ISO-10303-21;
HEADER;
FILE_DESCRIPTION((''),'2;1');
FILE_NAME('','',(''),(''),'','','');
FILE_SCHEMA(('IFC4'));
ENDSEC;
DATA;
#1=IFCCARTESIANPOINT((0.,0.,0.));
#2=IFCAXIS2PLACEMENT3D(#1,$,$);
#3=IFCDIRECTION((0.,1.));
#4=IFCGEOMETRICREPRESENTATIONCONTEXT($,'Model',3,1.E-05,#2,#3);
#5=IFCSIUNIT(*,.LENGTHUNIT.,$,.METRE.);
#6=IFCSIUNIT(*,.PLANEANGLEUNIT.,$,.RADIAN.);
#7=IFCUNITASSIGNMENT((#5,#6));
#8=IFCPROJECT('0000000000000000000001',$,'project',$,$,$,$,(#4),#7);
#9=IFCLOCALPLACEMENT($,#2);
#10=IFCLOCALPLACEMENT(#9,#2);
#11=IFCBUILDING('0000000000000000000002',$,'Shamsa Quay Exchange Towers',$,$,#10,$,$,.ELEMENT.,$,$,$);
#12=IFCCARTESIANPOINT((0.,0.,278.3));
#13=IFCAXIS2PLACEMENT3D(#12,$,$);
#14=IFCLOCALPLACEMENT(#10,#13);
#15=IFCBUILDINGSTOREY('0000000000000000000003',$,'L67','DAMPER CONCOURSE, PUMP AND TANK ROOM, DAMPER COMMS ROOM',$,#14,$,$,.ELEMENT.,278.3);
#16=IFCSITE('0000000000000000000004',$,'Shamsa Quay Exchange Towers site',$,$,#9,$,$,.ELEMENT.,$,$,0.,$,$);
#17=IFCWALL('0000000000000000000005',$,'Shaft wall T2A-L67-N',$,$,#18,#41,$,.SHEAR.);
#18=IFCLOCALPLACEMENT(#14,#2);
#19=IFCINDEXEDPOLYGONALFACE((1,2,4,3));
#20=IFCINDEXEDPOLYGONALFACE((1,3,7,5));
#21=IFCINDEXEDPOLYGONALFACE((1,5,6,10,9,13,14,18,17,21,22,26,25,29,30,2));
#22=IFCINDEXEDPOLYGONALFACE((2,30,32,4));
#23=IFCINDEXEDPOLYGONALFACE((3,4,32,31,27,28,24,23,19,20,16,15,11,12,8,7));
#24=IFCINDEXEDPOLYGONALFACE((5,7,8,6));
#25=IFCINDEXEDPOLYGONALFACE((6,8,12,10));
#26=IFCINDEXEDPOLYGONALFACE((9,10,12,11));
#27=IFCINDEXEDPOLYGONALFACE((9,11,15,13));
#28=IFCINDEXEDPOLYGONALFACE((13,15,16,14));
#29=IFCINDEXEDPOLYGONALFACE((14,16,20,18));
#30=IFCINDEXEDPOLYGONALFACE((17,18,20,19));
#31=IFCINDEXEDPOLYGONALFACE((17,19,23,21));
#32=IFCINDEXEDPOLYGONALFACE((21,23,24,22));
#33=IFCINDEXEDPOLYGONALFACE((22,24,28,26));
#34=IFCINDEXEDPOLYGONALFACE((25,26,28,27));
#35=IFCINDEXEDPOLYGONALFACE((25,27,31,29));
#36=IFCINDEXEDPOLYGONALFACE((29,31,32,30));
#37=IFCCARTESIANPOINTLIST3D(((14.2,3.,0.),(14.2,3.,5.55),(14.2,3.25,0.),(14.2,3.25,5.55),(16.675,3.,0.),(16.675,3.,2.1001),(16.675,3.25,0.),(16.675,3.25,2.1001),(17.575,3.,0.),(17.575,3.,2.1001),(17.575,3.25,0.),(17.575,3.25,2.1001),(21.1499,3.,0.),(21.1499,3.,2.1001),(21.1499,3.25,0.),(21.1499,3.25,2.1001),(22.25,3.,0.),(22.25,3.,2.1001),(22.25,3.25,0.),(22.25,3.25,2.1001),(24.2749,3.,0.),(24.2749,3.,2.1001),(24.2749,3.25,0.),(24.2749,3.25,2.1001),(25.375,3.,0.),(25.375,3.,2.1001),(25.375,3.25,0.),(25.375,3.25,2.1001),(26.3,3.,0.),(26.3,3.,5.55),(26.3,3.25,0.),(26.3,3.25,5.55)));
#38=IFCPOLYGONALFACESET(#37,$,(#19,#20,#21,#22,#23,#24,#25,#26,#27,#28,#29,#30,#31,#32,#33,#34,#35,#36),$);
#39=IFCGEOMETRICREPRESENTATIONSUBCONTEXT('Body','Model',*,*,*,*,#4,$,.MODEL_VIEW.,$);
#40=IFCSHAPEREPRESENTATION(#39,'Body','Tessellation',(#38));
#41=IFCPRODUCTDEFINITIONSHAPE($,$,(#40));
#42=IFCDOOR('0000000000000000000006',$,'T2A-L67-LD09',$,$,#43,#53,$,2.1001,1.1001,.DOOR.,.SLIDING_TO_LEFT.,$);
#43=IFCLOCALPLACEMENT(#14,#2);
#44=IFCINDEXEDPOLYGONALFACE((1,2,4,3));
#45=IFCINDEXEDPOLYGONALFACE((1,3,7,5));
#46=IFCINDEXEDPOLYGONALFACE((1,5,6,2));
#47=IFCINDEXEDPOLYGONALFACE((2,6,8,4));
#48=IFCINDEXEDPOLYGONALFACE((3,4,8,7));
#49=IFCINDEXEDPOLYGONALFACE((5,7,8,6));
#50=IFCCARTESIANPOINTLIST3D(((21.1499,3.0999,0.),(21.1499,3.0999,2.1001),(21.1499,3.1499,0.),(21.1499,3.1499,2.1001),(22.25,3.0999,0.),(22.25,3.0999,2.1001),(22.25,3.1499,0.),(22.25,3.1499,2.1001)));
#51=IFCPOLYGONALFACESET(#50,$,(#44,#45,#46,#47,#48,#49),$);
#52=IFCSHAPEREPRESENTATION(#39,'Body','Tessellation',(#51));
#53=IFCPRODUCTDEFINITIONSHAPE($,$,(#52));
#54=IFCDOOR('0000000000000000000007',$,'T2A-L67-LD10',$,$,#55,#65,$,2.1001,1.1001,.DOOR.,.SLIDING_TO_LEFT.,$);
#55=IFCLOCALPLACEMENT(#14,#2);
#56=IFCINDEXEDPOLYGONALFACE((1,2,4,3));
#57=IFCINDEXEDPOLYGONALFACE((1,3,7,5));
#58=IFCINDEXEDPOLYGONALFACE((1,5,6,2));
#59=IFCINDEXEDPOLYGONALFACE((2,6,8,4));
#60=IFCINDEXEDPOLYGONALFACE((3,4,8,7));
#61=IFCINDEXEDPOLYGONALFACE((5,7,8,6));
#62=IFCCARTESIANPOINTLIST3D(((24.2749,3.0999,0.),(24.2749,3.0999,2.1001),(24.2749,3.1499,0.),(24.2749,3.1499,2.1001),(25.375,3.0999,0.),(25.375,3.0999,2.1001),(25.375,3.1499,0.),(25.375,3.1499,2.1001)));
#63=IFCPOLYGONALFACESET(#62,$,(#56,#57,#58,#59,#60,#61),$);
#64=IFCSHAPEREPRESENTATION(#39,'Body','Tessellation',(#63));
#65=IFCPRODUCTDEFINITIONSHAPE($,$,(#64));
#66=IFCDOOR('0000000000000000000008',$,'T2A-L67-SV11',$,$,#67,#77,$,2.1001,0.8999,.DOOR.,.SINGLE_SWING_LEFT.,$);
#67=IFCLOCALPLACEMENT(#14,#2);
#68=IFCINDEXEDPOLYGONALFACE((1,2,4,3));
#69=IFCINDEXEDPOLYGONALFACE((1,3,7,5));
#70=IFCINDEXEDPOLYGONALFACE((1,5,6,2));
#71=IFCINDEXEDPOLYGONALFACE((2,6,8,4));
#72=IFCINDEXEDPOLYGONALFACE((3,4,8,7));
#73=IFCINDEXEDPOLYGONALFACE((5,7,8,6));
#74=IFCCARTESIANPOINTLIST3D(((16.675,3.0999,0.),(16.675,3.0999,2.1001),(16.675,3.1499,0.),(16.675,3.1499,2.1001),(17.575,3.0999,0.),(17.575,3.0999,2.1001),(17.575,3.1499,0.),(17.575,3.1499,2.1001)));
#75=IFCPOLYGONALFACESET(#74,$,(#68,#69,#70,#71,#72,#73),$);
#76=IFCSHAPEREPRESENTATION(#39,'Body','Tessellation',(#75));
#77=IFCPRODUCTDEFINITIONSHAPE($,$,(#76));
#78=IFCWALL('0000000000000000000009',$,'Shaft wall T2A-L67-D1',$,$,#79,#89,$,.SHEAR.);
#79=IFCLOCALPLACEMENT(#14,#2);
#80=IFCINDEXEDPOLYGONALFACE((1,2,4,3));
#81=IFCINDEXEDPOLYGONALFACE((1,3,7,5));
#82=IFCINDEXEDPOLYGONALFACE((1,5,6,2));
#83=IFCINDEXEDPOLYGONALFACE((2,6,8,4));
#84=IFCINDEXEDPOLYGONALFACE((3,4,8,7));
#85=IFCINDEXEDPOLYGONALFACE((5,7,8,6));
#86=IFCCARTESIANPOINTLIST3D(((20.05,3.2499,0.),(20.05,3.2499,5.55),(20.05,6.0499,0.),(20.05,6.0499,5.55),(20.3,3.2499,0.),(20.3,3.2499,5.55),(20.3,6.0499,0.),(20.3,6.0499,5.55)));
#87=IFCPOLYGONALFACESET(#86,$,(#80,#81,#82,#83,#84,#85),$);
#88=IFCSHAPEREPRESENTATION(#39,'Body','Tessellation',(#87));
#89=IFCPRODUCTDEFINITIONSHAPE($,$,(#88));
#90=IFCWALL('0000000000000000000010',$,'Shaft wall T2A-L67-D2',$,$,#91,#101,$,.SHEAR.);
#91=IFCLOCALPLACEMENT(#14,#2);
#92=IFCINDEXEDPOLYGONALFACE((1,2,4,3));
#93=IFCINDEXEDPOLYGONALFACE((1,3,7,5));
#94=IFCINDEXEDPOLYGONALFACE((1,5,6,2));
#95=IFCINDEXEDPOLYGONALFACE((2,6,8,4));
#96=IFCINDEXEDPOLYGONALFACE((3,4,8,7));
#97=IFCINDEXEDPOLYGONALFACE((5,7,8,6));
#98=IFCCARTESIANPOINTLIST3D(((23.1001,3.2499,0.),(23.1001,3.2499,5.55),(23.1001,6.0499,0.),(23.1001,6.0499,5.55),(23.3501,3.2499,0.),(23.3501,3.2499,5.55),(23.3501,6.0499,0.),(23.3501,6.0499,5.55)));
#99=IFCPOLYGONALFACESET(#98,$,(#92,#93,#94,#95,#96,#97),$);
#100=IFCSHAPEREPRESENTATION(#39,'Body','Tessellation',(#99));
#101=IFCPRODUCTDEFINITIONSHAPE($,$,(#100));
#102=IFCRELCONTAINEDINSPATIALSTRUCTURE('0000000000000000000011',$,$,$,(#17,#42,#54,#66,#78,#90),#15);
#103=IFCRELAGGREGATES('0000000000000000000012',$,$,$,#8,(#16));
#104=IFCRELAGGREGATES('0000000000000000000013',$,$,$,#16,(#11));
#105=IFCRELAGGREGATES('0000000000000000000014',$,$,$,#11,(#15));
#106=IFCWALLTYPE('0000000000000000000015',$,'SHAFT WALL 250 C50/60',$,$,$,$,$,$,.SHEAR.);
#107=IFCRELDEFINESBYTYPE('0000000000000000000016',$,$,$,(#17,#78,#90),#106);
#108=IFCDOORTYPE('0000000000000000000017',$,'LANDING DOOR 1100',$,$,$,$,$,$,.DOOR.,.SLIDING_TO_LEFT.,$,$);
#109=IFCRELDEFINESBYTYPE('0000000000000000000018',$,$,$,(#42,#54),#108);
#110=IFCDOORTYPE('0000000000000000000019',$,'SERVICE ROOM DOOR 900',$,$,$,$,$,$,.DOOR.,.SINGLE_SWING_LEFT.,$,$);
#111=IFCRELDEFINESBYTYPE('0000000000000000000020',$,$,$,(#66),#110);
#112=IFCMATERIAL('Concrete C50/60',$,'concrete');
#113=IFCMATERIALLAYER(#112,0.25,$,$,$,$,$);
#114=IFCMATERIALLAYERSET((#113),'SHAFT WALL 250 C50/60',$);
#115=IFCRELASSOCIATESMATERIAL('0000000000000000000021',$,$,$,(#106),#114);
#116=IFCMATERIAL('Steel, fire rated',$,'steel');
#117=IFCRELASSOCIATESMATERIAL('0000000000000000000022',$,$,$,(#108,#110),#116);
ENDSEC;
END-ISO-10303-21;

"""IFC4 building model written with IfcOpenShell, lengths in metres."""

from ifc_helpers import new_model, si_unit, direction, frame, frame_2d, origin, place, context, subcontext, project, spatial, rectangle, extrude, material, layer, layer_set, type_object, element, fill, save


model = new_model("IFC4")

# Units and contexts
model_context = context("Model", 3, precision=1e-05, world=origin(), true_north=direction((0.0, 1.0)))
body_context = subcontext(model_context, "Body", "Model", "MODEL_VIEW")
ifc_project = project(units=[si_unit("LENGTHUNIT", "METRE"), si_unit("PLANEANGLEUNIT", "RADIAN")], contexts=[model_context])

# Site, building, storey
site_placement = place(None, origin())
site = spatial("IfcSite", under=ifc_project, at=site_placement, Name="Shamsa Quay Exchange Towers site", CompositionType="ELEMENT", RefElevation=0.0)
building_placement = place(site_placement, origin())
building = spatial("IfcBuilding", under=site, at=building_placement, Name="Shamsa Quay Exchange Towers", CompositionType="ELEMENT")
storey_placement = place(building_placement, frame((0.0, 0.0, 278.3)))
storey = spatial("IfcBuildingStorey", under=building, at=storey_placement, Name="L67", Description="DAMPER CONCOURSE, PUMP AND TANK ROOM, DAMPER COMMS ROOM", CompositionType="ELEMENT", Elevation=278.3)

# Shared definitions
ifc_material_1 = material(Name="Steel, fire rated", Category="steel")

# Wall, openings, doors
ifc_material_2 = material(Name="Concrete C50/60", Category="concrete")
ifc_layer_1 = layer(ifc_material_2, 0.25)
ifc_layer_set_1 = layer_set([ifc_layer_1], Name="SHAFT WALL 250 C50/60")
wall_type_1 = type_object("IfcWallType", Name="SHAFT WALL 250 C50/60", PredefinedType="SHEAR", material=ifc_layer_set_1)
wall_1_placement = place(storey_placement, frame((14.2, 3.125, 0.0)))
wall_1 = element("IfcWall", 1, at=wall_1_placement, inside=storey, type_object=wall_type_1, Name="Shaft wall T2A-L67-N", PredefinedType="SHEAR", context=body_context, shape_type="SweptSolid", body=[
    extrude(rectangle(XDim=12.1001, YDim=0.25, at=frame_2d((6.05, 0.0))), origin(), (0.0, 0.0, 1.0), 5.55),
])
opening_1_placement = place(wall_1_placement, frame((6.95, 0.0, 0.0)))
opening_1 = element("IfcOpeningElement", 2, at=opening_1_placement, cuts=wall_1, PredefinedType="OPENING", context=body_context, shape_type="SweptSolid", body=[
    extrude(rectangle(XDim=1.1001, YDim=2.1001, at=frame_2d((0.55, 1.05))), frame((0.0, 0.135, 0.0), z_axis=(0.0, -1.0, 0.0), x_axis=(1.0, 0.0, 0.0)), (0.0, 0.0, 1.0), 0.27),
])
opening_2_placement = place(wall_1_placement, frame((10.075, 0.0, 0.0)))
opening_2 = element("IfcOpeningElement", 3, at=opening_2_placement, cuts=wall_1, PredefinedType="OPENING", context=body_context, shape_type="SweptSolid", body=[
    extrude(rectangle(XDim=1.1001, YDim=2.1001, at=frame_2d((0.55, 1.05))), frame((0.0, 0.135, 0.0), z_axis=(0.0, -1.0, 0.0), x_axis=(1.0, 0.0, 0.0)), (0.0, 0.0, 1.0), 0.27),
])
opening_3_placement = place(wall_1_placement, frame((2.4751, 0.0, 0.0)))
opening_3 = element("IfcOpeningElement", 4, at=opening_3_placement, cuts=wall_1, PredefinedType="OPENING", context=body_context, shape_type="SweptSolid", body=[
    extrude(rectangle(XDim=0.8999, YDim=2.1001, at=frame_2d((0.45, 1.05))), frame((0.0, 0.135, 0.0), z_axis=(0.0, -1.0, 0.0), x_axis=(1.0, 0.0, 0.0)), (0.0, 0.0, 1.0), 0.27),
])
door_type_1 = type_object("IfcDoorType", Name="LANDING DOOR 1100", OperationType="SLIDING_TO_LEFT", PredefinedType="DOOR", material=ifc_material_1)
door_1_placement = place(opening_1_placement, origin())
door_1 = element("IfcDoor", 5, at=door_1_placement, inside=storey, type_object=door_type_1, Name="T2A-L67-LD09", OperationType="SLIDING_TO_LEFT", OverallHeight=2.1001, OverallWidth=1.1001, PredefinedType="DOOR", context=body_context, shape_type="SweptSolid", body=[
    extrude(rectangle(XDim=1.1001, YDim=2.1001, at=frame_2d((0.55, 1.05))), frame((0.0, 0.0249, 0.0), z_axis=(0.0, -1.0, 0.0), x_axis=(1.0, 0.0, 0.0)), (0.0, 0.0, 1.0), 0.05),
])
fill(opening_1, door_1)
door_2_placement = place(opening_2_placement, origin())
door_2 = element("IfcDoor", 6, at=door_2_placement, inside=storey, type_object=door_type_1, Name="T2A-L67-LD10", OperationType="SLIDING_TO_LEFT", OverallHeight=2.1001, OverallWidth=1.1001, PredefinedType="DOOR", context=body_context, shape_type="SweptSolid", body=[
    extrude(rectangle(XDim=1.1001, YDim=2.1001, at=frame_2d((0.55, 1.05))), frame((0.0, 0.0249, 0.0), z_axis=(0.0, -1.0, 0.0), x_axis=(1.0, 0.0, 0.0)), (0.0, 0.0, 1.0), 0.05),
])
fill(opening_2, door_2)
door_type_2 = type_object("IfcDoorType", Name="SERVICE ROOM DOOR 900", OperationType="SINGLE_SWING_LEFT", PredefinedType="DOOR", material=ifc_material_1)
door_3_placement = place(opening_3_placement, origin())
door_3 = element("IfcDoor", 7, at=door_3_placement, inside=storey, type_object=door_type_2, Name="T2A-L67-SV11", OperationType="SINGLE_SWING_LEFT", OverallHeight=2.1001, OverallWidth=0.8999, PredefinedType="DOOR", context=body_context, shape_type="SweptSolid", body=[
    extrude(rectangle(XDim=0.8999, YDim=2.1001, at=frame_2d((0.45, 1.05))), frame((0.0, 0.0249, 0.0), z_axis=(0.0, -1.0, 0.0), x_axis=(1.0, 0.0, 0.0)), (0.0, 0.0, 1.0), 0.05),
])
fill(opening_3, door_3)

# Walls
for number, where, z_axis, x_axis, name in (
    (8, (20.175, 3.25, 0.0), (0.0, 0.0, 1.0), (0.0, 1.0, 0.0), "Shaft wall T2A-L67-D1"),
    (9, (23.2251, 3.25, 0.0), (0.0, 0.0, 1.0), (0.0, 1.0, 0.0), "Shaft wall T2A-L67-D2"),
):
    element("IfcWall", number, at=place(storey_placement, frame(where, z_axis=z_axis, x_axis=x_axis)), inside=storey, type_object=wall_type_1, Name=name, PredefinedType="SHEAR", context=body_context, shape_type="SweptSolid", body=[
        extrude(rectangle(XDim=2.8, YDim=0.25, at=frame_2d((1.3999, 0.0))), origin(), (0.0, 0.0, 1.0), 5.55),
    ])

save(model, "model.ifc")
